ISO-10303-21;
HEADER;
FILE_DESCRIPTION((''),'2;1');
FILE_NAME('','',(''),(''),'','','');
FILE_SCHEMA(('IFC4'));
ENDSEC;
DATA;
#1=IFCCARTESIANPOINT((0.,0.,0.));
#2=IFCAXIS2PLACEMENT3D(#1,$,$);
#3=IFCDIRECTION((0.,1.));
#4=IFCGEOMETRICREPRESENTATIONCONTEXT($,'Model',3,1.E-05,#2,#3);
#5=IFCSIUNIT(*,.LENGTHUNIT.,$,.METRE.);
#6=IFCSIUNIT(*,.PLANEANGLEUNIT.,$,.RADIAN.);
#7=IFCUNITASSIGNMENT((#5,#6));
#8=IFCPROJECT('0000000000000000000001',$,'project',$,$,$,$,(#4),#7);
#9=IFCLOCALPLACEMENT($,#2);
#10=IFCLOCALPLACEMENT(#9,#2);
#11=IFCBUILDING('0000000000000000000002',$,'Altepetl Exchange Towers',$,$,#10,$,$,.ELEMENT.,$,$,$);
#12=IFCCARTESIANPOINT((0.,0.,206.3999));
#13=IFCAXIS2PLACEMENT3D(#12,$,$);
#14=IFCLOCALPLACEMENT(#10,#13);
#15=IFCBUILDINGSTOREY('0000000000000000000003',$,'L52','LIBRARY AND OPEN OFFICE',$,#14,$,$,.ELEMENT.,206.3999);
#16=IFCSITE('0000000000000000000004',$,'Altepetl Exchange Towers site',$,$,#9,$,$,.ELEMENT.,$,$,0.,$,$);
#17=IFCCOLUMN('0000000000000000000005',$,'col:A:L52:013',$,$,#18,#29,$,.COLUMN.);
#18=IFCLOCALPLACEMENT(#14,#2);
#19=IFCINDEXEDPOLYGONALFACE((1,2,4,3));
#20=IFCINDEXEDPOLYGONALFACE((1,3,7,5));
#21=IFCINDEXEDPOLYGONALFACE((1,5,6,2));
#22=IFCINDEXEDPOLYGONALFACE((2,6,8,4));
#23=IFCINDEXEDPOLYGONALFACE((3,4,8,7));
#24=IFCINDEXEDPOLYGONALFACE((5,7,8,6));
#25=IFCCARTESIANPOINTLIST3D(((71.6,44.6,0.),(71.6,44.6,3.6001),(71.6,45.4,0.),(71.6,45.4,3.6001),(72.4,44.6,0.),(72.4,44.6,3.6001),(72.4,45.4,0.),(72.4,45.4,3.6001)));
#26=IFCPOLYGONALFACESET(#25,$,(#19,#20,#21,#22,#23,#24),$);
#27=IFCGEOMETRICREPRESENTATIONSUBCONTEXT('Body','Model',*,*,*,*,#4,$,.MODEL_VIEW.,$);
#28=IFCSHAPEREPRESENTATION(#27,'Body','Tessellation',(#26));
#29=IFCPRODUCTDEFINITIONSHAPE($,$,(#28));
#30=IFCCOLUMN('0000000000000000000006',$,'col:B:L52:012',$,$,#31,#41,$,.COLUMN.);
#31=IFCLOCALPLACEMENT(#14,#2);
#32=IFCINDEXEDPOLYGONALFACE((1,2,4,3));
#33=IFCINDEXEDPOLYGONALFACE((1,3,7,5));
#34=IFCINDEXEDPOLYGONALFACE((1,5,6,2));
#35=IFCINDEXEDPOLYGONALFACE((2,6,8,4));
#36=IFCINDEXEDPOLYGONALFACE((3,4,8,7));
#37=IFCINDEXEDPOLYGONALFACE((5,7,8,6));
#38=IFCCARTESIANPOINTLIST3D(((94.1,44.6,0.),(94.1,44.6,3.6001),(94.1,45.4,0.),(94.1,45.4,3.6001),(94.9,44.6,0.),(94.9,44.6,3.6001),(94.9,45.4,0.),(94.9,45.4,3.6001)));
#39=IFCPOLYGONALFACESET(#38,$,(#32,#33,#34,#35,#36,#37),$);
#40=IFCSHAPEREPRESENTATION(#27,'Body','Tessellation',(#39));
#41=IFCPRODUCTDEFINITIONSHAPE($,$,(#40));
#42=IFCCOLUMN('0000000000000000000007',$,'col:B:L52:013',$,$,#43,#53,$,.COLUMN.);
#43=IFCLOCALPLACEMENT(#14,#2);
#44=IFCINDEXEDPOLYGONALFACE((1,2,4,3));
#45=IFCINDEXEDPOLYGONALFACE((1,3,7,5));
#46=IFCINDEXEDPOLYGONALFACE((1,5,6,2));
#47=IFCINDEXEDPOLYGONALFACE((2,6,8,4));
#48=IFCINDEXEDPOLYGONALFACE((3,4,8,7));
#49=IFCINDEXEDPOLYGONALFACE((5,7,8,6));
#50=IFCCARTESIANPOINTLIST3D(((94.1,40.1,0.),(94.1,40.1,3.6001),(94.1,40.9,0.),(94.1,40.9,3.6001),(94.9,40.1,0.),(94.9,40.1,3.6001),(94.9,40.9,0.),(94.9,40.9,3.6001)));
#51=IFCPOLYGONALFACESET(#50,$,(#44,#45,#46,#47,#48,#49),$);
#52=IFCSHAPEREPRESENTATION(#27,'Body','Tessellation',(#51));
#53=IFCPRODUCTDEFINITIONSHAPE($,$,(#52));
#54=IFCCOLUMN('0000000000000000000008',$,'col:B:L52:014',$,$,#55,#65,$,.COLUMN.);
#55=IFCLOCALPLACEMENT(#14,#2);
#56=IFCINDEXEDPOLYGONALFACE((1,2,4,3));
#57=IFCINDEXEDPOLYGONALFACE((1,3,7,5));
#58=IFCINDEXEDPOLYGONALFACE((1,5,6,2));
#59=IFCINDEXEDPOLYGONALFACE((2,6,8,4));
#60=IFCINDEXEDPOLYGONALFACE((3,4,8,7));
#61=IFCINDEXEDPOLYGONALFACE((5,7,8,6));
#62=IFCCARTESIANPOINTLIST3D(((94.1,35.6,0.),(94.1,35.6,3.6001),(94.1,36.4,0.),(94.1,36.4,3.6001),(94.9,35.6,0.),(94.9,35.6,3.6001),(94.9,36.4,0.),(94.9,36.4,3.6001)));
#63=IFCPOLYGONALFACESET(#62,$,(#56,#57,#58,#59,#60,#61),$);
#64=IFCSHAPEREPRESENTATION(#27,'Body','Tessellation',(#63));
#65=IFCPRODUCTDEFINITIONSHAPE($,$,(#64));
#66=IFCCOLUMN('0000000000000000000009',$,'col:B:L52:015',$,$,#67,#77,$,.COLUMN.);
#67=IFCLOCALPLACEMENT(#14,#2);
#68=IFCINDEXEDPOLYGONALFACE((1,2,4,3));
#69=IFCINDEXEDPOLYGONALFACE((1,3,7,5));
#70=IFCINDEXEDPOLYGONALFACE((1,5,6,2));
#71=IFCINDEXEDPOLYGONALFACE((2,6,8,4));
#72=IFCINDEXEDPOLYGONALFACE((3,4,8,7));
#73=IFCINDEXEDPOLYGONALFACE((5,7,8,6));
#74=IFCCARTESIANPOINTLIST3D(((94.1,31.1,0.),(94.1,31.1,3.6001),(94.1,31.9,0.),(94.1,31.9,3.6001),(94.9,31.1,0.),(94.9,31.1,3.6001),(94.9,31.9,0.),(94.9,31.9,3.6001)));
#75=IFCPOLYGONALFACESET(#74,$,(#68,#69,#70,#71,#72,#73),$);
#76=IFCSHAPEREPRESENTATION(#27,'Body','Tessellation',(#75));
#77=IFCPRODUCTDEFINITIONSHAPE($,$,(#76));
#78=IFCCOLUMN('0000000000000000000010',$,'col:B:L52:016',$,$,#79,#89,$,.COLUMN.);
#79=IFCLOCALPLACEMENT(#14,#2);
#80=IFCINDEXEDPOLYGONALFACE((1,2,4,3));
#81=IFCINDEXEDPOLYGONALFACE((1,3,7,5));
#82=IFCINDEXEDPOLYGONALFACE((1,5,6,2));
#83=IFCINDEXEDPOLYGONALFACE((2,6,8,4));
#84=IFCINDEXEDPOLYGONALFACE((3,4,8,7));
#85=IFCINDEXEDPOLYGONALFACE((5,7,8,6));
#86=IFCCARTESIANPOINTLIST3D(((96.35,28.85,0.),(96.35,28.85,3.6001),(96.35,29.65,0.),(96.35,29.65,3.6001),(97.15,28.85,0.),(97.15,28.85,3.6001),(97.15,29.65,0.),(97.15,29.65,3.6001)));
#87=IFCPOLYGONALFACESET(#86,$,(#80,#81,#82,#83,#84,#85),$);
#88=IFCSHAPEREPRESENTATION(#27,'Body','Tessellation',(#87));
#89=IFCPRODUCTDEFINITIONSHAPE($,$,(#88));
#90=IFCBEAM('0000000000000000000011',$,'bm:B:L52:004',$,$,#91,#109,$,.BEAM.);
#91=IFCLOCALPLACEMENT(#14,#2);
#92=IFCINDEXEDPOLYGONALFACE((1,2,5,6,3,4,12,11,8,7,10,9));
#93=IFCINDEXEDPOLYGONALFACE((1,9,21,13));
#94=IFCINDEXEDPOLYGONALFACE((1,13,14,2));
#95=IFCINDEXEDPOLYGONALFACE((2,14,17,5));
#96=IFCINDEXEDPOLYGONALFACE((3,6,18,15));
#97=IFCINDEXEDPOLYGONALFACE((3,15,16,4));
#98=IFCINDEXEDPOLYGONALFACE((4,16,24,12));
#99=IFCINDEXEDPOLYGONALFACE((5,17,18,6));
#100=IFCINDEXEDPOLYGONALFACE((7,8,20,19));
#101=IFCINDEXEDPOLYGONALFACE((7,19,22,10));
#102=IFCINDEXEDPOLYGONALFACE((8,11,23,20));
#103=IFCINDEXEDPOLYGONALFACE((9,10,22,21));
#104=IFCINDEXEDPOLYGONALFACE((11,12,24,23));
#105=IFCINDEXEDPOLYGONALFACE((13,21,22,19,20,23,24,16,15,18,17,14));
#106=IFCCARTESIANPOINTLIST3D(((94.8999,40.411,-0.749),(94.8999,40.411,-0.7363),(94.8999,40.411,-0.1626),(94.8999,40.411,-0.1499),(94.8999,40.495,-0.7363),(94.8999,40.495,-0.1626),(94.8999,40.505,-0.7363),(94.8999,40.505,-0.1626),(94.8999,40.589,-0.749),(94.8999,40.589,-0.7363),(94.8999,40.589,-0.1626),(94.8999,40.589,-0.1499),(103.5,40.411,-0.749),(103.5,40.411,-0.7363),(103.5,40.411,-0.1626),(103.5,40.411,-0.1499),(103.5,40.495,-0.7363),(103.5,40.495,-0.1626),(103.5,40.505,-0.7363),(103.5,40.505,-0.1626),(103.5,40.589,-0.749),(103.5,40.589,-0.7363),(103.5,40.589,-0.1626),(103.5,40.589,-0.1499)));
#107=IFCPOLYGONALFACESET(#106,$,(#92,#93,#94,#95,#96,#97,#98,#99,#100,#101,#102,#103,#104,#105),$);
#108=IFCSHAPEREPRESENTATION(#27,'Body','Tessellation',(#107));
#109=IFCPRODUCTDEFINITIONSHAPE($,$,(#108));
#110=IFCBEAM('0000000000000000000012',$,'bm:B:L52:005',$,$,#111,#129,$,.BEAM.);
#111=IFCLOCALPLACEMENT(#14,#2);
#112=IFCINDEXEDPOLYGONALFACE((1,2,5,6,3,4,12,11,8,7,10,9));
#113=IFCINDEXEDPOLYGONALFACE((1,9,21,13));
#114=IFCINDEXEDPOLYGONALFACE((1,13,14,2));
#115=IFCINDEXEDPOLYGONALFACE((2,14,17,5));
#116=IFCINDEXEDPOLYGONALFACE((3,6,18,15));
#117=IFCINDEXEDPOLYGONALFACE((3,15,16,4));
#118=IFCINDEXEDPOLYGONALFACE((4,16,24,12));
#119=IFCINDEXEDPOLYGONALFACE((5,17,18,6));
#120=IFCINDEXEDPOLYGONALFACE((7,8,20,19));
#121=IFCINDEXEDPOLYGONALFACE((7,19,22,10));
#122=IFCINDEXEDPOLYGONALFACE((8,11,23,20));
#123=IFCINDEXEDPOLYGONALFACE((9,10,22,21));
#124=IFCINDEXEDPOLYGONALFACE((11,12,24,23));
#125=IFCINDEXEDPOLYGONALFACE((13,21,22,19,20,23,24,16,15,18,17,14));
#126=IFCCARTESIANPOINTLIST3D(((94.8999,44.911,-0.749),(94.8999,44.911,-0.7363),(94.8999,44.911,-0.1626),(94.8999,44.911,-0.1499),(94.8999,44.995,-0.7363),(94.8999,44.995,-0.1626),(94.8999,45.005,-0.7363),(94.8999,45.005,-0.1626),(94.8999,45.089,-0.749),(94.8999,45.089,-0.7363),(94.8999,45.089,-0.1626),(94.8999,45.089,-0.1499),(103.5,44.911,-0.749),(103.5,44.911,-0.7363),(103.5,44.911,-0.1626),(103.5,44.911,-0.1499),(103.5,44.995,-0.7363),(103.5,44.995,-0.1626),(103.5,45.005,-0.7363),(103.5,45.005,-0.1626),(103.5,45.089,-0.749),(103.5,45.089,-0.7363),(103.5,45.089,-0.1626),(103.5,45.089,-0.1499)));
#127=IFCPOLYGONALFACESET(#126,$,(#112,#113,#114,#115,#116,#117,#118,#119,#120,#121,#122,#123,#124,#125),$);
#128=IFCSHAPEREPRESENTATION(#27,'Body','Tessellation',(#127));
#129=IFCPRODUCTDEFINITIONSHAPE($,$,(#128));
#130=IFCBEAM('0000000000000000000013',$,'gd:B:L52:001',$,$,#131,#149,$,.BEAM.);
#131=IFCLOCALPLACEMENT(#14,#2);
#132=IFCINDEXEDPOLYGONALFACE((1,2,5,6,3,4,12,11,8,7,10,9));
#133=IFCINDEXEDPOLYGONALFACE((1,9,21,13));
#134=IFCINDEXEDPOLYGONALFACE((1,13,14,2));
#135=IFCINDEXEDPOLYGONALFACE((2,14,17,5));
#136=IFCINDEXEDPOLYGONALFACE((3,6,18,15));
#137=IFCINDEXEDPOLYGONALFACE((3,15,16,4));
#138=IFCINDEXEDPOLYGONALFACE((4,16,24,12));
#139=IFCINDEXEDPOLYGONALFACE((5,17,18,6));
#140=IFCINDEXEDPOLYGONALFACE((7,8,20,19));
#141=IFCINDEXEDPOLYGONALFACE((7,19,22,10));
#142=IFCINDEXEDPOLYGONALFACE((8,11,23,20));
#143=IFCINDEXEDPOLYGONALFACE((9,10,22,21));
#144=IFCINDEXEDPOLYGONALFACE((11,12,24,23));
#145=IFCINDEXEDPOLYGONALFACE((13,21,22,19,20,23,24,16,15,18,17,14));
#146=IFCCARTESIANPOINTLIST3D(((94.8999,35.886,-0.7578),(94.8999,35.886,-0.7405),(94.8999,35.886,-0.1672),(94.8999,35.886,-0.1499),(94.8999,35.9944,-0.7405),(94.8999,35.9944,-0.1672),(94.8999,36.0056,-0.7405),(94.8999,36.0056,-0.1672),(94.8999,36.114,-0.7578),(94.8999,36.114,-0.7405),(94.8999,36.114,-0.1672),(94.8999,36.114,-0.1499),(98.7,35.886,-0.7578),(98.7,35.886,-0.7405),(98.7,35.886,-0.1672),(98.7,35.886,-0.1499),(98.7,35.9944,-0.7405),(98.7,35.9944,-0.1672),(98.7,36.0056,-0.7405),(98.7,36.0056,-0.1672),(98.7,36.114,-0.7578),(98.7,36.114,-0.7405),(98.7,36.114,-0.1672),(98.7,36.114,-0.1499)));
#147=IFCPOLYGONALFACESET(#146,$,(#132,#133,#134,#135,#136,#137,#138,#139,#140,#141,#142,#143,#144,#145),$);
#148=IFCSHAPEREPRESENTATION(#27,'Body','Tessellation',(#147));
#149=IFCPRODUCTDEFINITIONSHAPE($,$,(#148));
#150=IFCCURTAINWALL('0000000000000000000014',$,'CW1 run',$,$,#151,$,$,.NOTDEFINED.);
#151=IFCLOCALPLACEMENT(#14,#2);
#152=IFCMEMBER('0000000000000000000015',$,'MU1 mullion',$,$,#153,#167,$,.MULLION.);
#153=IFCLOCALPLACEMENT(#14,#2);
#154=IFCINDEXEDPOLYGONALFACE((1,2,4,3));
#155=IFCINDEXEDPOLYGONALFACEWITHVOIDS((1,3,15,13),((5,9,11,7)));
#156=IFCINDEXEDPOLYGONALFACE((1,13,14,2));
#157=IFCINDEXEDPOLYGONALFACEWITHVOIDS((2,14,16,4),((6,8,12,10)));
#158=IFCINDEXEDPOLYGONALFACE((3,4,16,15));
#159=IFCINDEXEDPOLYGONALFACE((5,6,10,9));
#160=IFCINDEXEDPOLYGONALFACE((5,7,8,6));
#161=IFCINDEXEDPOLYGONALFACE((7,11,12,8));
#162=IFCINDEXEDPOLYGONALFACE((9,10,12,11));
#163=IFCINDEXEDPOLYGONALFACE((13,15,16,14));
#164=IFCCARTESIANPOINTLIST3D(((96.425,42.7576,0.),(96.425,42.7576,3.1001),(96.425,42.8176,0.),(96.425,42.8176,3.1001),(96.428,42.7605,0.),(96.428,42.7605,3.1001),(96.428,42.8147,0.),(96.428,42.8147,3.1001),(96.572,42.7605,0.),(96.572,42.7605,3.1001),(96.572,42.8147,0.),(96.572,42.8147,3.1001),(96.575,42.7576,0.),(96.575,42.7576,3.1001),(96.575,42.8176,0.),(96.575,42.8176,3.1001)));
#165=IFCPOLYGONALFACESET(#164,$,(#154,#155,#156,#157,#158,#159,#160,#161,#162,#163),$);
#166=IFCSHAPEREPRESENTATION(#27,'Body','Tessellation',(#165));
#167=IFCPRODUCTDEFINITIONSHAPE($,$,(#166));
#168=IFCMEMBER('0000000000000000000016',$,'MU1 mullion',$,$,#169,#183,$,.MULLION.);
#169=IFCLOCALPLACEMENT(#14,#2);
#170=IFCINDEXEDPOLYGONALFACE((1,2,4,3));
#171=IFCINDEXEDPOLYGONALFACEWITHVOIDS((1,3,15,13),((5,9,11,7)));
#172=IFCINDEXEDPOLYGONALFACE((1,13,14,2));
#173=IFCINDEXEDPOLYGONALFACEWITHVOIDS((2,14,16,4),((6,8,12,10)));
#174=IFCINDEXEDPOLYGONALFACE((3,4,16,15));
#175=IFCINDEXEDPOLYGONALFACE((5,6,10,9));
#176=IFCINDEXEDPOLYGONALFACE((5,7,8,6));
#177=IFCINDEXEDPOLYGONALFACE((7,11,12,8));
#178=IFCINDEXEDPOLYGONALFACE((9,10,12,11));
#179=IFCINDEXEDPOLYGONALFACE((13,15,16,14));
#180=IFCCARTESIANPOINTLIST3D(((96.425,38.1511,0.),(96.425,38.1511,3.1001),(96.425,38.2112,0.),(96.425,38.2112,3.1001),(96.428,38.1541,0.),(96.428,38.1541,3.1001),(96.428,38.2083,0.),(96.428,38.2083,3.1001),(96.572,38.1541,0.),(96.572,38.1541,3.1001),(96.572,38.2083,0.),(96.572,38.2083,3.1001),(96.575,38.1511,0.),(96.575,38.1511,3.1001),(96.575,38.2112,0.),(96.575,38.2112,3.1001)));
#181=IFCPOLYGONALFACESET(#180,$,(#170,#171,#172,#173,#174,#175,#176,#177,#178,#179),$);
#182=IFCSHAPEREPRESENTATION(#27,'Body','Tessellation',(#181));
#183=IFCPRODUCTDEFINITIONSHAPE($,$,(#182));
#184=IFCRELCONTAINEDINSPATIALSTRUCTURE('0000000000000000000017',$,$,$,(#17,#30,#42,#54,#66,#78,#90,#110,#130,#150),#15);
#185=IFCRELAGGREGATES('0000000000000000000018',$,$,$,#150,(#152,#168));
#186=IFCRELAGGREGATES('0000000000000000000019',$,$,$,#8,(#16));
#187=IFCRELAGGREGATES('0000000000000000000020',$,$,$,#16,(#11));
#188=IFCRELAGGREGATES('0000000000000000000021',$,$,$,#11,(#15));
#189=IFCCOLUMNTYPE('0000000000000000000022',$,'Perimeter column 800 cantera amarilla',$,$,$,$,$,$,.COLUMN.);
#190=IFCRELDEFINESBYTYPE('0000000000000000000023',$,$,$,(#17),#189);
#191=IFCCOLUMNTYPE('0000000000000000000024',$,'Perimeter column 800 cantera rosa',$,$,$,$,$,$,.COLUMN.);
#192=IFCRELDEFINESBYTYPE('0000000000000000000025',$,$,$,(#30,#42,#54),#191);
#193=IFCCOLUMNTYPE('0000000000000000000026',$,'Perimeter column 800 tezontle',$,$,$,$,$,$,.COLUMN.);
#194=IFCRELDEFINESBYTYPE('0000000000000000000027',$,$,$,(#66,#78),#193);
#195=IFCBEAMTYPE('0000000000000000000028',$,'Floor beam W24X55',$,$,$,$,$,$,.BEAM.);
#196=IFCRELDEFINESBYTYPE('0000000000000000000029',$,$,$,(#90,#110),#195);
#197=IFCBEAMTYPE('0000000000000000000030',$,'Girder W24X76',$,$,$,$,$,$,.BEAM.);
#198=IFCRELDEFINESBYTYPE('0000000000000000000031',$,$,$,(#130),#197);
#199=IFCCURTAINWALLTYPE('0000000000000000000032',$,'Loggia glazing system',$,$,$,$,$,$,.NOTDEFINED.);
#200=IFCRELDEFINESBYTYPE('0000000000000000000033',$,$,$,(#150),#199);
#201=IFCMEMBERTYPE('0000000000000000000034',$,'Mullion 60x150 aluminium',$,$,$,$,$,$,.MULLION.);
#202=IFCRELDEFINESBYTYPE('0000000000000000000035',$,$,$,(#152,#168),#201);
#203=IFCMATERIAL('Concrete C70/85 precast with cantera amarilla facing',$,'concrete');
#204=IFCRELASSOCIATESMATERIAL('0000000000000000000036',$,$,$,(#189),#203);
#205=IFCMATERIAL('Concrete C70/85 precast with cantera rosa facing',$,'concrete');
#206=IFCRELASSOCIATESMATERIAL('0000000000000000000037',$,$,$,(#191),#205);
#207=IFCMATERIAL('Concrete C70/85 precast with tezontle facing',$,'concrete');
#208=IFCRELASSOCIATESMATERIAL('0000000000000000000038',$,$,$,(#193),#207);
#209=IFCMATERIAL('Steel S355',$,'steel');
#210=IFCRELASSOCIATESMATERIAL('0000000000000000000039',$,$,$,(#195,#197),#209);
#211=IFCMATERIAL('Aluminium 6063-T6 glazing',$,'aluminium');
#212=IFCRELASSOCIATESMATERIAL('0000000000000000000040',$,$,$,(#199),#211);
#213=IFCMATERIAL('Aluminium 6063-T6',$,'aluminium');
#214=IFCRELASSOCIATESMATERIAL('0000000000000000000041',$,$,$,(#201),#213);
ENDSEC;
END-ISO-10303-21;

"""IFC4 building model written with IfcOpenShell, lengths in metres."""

from ifc_helpers import new_model, si_unit, direction, frame, origin, origin_2d, place, context, subcontext, project, spatial, rectangle, hollow_rectangle, i_section, extrude, material, material_profile, profile_set, type_object, element, aggregate, save


model = new_model("IFC4")

# Units and contexts
model_context = context("Model", 3, precision=1e-05, world=origin(), true_north=direction((0.0, 1.0)))
body_context = subcontext(model_context, "Body", "Model", "MODEL_VIEW")
ifc_project = project(units=[si_unit("LENGTHUNIT", "METRE"), si_unit("PLANEANGLEUNIT", "RADIAN")], contexts=[model_context])

# Site, building, storey
site_placement = place(None, origin())
site = spatial("IfcSite", under=ifc_project, at=site_placement, Name="Altepetl Exchange Towers site", CompositionType="ELEMENT", RefElevation=0.0)
building_placement = place(site_placement, origin())
building = spatial("IfcBuilding", under=site, at=building_placement, Name="Altepetl Exchange Towers", CompositionType="ELEMENT")
storey_placement = place(building_placement, frame((0.0, 0.0, 206.3999)))
storey = spatial("IfcBuildingStorey", under=building, at=storey_placement, Name="L52", Description="LIBRARY AND OPEN OFFICE", CompositionType="ELEMENT", Elevation=206.3999)

# Columns
ifc_material_1 = material(Name="Concrete C70/85 precast with cantera amarilla facing", Category="concrete")
ifc_material_profile_1 = material_profile(ifc_material_1, rectangle(XDim=0.8, YDim=0.8, at=origin_2d()), Name="800 x 800")
ifc_profile_set_1 = profile_set([ifc_material_profile_1], Name="Concrete C70/85 precast with cantera amarilla facing")
column_type_1 = type_object("IfcColumnType", Name="Perimeter column 800 cantera amarilla", PredefinedType="COLUMN", material=ifc_profile_set_1)
column_placement = place(storey_placement, frame((72.0, 45.0, 0.0)))
element("IfcColumn", 1, at=column_placement, inside=storey, type_object=column_type_1, Name="col:A:L52:013", PredefinedType="COLUMN", context=body_context, shape_type="SweptSolid", body=[
    extrude(rectangle(XDim=0.8, YDim=0.8, at=origin_2d()), origin(), (0.0, 0.0, 1.0), 3.6001),
])
ifc_material_2 = material(Name="Concrete C70/85 precast with cantera rosa facing", Category="concrete")
ifc_material_profile_2 = material_profile(ifc_material_2, rectangle(XDim=0.8, YDim=0.8, at=origin_2d()), Name="800 x 800")
ifc_profile_set_2 = profile_set([ifc_material_profile_2], Name="Concrete C70/85 precast with cantera rosa facing")
column_type_2 = type_object("IfcColumnType", Name="Perimeter column 800 cantera rosa", PredefinedType="COLUMN", material=ifc_profile_set_2)
for number, where, name in (
    (2, (94.5, 45.0, 0.0), "col:B:L52:012"),
    (3, (94.5, 40.5, 0.0), "col:B:L52:013"),
    (4, (94.5, 36.0, 0.0), "col:B:L52:014"),
):
    element("IfcColumn", number, at=place(storey_placement, frame(where)), inside=storey, type_object=column_type_2, Name=name, PredefinedType="COLUMN", context=body_context, shape_type="SweptSolid", body=[
        extrude(rectangle(XDim=0.8, YDim=0.8, at=origin_2d()), origin(), (0.0, 0.0, 1.0), 3.6001),
    ])
ifc_material_3 = material(Name="Concrete C70/85 precast with tezontle facing", Category="concrete")
ifc_material_profile_3 = material_profile(ifc_material_3, rectangle(XDim=0.8, YDim=0.8, at=origin_2d()), Name="800 x 800")
ifc_profile_set_3 = profile_set([ifc_material_profile_3], Name="Concrete C70/85 precast with tezontle facing")
column_type_3 = type_object("IfcColumnType", Name="Perimeter column 800 tezontle", PredefinedType="COLUMN", material=ifc_profile_set_3)
for number, where, name in (
    (5, (94.5, 31.5, 0.0), "col:B:L52:015"),
    (6, (96.75, 29.25, 0.0), "col:B:L52:016"),
):
    element("IfcColumn", number, at=place(storey_placement, frame(where)), inside=storey, type_object=column_type_3, Name=name, PredefinedType="COLUMN", context=body_context, shape_type="SweptSolid", body=[
        extrude(rectangle(XDim=0.8, YDim=0.8, at=origin_2d()), origin(), (0.0, 0.0, 1.0), 3.6001),
    ])

# Beams
ifc_material_4 = material(Name="Steel S355", Category="steel")
ifc_material_profile_4 = material_profile(ifc_material_4, i_section(OverallWidth=0.178, OverallDepth=0.5991, WebThickness=0.01, FlangeThickness=0.0127, at=origin_2d()), Name="W24X55")
ifc_profile_set_4 = profile_set([ifc_material_profile_4], Name="Steel S355")
beam_type_1 = type_object("IfcBeamType", Name="Floor beam W24X55", PredefinedType="BEAM", material=ifc_profile_set_4)
for number, where, z_axis, x_axis, name in (
    (7, (94.8999, 40.5, -0.4495), (1.0, 0.0, 0.0), (0.0, 1.0, 0.0), "bm:B:L52:004"),
    (8, (94.8999, 45.0, -0.4495), (1.0, 0.0, 0.0), (0.0, 1.0, 0.0), "bm:B:L52:005"),
):
    element("IfcBeam", number, at=place(storey_placement, frame(where, z_axis=z_axis, x_axis=x_axis)), inside=storey, type_object=beam_type_1, Name=name, PredefinedType="BEAM", context=body_context, shape_type="SweptSolid", body=[
        extrude(i_section(OverallWidth=0.178, OverallDepth=0.5991, WebThickness=0.01, FlangeThickness=0.0127, at=origin_2d()), origin(), (0.0, 0.0, 1.0), 8.6001),
    ])
ifc_material_profile_5 = material_profile(ifc_material_4, i_section(OverallWidth=0.228, OverallDepth=0.6079, WebThickness=0.0112, FlangeThickness=0.0173, at=origin_2d()), Name="W24X76")
ifc_profile_set_5 = profile_set([ifc_material_profile_5], Name="Steel S355")
beam_type_2 = type_object("IfcBeamType", Name="Girder W24X76", PredefinedType="BEAM", material=ifc_profile_set_5)
beam_1_placement = place(storey_placement, frame((98.7, 36.0, -0.4539), z_axis=(-1.0, 0.0, 0.0), x_axis=(0.0, -1.0, 0.0)))
element("IfcBeam", 9, at=beam_1_placement, inside=storey, type_object=beam_type_2, Name="gd:B:L52:001", PredefinedType="BEAM", context=body_context, shape_type="SweptSolid", body=[
    extrude(i_section(OverallWidth=0.228, OverallDepth=0.6079, WebThickness=0.0112, FlangeThickness=0.0173, at=origin_2d()), origin(), (0.0, 0.0, 1.0), 3.8),
])

# Curtain wall, members
ifc_material_5 = material(Name="Aluminium 6063-T6 glazing", Category="aluminium")
curtain_wall_type = type_object("IfcCurtainWallType", Name="Loggia glazing system", PredefinedType="NOTDEFINED", material=ifc_material_5)
curtain_wall_1_placement = place(storey_placement, origin())
curtain_wall_1 = element("IfcCurtainWall", 10, at=curtain_wall_1_placement, inside=storey, type_object=curtain_wall_type, Name="CW1 run", PredefinedType="NOTDEFINED")
ifc_material_6 = material(Name="Aluminium 6063-T6", Category="aluminium")
ifc_material_profile_6 = material_profile(ifc_material_6, hollow_rectangle(XDim=0.0601, YDim=0.1499, WallThickness=0.0029, at=origin_2d()), Name="Mullion 60x150 aluminium")
ifc_profile_set_6 = profile_set([ifc_material_profile_6], Name="Aluminium 6063-T6")
member_type = type_object("IfcMemberType", Name="Mullion 60x150 aluminium", PredefinedType="MULLION", material=ifc_profile_set_6)
member_1_placement = place(storey_placement, frame((96.5, 42.7876, 0.0), z_axis=(0.0, 0.0, 1.0), x_axis=(0.0, -1.0, 0.0)))
member_1 = element("IfcMember", 11, at=member_1_placement, type_object=member_type, Name="MU1 mullion", PredefinedType="MULLION", context=body_context, shape_type="SweptSolid", body=[
    extrude(hollow_rectangle(XDim=0.0601, YDim=0.1499, WallThickness=0.0029, at=origin_2d()), origin(), (0.0, 0.0, 1.0), 3.1001),
])
member_2_placement = place(storey_placement, frame((96.5, 38.1812, 0.0), z_axis=(0.0, 0.0, 1.0), x_axis=(0.0, -1.0, 0.0)))
member_2 = element("IfcMember", 12, at=member_2_placement, type_object=member_type, Name="MU1 mullion", PredefinedType="MULLION", context=body_context, shape_type="SweptSolid", body=[
    extrude(hollow_rectangle(XDim=0.0601, YDim=0.1499, WallThickness=0.0029, at=origin_2d()), origin(), (0.0, 0.0, 1.0), 3.1001),
])

aggregate(curtain_wall_1, [member_1, member_2])

save(model, "model.ifc")
